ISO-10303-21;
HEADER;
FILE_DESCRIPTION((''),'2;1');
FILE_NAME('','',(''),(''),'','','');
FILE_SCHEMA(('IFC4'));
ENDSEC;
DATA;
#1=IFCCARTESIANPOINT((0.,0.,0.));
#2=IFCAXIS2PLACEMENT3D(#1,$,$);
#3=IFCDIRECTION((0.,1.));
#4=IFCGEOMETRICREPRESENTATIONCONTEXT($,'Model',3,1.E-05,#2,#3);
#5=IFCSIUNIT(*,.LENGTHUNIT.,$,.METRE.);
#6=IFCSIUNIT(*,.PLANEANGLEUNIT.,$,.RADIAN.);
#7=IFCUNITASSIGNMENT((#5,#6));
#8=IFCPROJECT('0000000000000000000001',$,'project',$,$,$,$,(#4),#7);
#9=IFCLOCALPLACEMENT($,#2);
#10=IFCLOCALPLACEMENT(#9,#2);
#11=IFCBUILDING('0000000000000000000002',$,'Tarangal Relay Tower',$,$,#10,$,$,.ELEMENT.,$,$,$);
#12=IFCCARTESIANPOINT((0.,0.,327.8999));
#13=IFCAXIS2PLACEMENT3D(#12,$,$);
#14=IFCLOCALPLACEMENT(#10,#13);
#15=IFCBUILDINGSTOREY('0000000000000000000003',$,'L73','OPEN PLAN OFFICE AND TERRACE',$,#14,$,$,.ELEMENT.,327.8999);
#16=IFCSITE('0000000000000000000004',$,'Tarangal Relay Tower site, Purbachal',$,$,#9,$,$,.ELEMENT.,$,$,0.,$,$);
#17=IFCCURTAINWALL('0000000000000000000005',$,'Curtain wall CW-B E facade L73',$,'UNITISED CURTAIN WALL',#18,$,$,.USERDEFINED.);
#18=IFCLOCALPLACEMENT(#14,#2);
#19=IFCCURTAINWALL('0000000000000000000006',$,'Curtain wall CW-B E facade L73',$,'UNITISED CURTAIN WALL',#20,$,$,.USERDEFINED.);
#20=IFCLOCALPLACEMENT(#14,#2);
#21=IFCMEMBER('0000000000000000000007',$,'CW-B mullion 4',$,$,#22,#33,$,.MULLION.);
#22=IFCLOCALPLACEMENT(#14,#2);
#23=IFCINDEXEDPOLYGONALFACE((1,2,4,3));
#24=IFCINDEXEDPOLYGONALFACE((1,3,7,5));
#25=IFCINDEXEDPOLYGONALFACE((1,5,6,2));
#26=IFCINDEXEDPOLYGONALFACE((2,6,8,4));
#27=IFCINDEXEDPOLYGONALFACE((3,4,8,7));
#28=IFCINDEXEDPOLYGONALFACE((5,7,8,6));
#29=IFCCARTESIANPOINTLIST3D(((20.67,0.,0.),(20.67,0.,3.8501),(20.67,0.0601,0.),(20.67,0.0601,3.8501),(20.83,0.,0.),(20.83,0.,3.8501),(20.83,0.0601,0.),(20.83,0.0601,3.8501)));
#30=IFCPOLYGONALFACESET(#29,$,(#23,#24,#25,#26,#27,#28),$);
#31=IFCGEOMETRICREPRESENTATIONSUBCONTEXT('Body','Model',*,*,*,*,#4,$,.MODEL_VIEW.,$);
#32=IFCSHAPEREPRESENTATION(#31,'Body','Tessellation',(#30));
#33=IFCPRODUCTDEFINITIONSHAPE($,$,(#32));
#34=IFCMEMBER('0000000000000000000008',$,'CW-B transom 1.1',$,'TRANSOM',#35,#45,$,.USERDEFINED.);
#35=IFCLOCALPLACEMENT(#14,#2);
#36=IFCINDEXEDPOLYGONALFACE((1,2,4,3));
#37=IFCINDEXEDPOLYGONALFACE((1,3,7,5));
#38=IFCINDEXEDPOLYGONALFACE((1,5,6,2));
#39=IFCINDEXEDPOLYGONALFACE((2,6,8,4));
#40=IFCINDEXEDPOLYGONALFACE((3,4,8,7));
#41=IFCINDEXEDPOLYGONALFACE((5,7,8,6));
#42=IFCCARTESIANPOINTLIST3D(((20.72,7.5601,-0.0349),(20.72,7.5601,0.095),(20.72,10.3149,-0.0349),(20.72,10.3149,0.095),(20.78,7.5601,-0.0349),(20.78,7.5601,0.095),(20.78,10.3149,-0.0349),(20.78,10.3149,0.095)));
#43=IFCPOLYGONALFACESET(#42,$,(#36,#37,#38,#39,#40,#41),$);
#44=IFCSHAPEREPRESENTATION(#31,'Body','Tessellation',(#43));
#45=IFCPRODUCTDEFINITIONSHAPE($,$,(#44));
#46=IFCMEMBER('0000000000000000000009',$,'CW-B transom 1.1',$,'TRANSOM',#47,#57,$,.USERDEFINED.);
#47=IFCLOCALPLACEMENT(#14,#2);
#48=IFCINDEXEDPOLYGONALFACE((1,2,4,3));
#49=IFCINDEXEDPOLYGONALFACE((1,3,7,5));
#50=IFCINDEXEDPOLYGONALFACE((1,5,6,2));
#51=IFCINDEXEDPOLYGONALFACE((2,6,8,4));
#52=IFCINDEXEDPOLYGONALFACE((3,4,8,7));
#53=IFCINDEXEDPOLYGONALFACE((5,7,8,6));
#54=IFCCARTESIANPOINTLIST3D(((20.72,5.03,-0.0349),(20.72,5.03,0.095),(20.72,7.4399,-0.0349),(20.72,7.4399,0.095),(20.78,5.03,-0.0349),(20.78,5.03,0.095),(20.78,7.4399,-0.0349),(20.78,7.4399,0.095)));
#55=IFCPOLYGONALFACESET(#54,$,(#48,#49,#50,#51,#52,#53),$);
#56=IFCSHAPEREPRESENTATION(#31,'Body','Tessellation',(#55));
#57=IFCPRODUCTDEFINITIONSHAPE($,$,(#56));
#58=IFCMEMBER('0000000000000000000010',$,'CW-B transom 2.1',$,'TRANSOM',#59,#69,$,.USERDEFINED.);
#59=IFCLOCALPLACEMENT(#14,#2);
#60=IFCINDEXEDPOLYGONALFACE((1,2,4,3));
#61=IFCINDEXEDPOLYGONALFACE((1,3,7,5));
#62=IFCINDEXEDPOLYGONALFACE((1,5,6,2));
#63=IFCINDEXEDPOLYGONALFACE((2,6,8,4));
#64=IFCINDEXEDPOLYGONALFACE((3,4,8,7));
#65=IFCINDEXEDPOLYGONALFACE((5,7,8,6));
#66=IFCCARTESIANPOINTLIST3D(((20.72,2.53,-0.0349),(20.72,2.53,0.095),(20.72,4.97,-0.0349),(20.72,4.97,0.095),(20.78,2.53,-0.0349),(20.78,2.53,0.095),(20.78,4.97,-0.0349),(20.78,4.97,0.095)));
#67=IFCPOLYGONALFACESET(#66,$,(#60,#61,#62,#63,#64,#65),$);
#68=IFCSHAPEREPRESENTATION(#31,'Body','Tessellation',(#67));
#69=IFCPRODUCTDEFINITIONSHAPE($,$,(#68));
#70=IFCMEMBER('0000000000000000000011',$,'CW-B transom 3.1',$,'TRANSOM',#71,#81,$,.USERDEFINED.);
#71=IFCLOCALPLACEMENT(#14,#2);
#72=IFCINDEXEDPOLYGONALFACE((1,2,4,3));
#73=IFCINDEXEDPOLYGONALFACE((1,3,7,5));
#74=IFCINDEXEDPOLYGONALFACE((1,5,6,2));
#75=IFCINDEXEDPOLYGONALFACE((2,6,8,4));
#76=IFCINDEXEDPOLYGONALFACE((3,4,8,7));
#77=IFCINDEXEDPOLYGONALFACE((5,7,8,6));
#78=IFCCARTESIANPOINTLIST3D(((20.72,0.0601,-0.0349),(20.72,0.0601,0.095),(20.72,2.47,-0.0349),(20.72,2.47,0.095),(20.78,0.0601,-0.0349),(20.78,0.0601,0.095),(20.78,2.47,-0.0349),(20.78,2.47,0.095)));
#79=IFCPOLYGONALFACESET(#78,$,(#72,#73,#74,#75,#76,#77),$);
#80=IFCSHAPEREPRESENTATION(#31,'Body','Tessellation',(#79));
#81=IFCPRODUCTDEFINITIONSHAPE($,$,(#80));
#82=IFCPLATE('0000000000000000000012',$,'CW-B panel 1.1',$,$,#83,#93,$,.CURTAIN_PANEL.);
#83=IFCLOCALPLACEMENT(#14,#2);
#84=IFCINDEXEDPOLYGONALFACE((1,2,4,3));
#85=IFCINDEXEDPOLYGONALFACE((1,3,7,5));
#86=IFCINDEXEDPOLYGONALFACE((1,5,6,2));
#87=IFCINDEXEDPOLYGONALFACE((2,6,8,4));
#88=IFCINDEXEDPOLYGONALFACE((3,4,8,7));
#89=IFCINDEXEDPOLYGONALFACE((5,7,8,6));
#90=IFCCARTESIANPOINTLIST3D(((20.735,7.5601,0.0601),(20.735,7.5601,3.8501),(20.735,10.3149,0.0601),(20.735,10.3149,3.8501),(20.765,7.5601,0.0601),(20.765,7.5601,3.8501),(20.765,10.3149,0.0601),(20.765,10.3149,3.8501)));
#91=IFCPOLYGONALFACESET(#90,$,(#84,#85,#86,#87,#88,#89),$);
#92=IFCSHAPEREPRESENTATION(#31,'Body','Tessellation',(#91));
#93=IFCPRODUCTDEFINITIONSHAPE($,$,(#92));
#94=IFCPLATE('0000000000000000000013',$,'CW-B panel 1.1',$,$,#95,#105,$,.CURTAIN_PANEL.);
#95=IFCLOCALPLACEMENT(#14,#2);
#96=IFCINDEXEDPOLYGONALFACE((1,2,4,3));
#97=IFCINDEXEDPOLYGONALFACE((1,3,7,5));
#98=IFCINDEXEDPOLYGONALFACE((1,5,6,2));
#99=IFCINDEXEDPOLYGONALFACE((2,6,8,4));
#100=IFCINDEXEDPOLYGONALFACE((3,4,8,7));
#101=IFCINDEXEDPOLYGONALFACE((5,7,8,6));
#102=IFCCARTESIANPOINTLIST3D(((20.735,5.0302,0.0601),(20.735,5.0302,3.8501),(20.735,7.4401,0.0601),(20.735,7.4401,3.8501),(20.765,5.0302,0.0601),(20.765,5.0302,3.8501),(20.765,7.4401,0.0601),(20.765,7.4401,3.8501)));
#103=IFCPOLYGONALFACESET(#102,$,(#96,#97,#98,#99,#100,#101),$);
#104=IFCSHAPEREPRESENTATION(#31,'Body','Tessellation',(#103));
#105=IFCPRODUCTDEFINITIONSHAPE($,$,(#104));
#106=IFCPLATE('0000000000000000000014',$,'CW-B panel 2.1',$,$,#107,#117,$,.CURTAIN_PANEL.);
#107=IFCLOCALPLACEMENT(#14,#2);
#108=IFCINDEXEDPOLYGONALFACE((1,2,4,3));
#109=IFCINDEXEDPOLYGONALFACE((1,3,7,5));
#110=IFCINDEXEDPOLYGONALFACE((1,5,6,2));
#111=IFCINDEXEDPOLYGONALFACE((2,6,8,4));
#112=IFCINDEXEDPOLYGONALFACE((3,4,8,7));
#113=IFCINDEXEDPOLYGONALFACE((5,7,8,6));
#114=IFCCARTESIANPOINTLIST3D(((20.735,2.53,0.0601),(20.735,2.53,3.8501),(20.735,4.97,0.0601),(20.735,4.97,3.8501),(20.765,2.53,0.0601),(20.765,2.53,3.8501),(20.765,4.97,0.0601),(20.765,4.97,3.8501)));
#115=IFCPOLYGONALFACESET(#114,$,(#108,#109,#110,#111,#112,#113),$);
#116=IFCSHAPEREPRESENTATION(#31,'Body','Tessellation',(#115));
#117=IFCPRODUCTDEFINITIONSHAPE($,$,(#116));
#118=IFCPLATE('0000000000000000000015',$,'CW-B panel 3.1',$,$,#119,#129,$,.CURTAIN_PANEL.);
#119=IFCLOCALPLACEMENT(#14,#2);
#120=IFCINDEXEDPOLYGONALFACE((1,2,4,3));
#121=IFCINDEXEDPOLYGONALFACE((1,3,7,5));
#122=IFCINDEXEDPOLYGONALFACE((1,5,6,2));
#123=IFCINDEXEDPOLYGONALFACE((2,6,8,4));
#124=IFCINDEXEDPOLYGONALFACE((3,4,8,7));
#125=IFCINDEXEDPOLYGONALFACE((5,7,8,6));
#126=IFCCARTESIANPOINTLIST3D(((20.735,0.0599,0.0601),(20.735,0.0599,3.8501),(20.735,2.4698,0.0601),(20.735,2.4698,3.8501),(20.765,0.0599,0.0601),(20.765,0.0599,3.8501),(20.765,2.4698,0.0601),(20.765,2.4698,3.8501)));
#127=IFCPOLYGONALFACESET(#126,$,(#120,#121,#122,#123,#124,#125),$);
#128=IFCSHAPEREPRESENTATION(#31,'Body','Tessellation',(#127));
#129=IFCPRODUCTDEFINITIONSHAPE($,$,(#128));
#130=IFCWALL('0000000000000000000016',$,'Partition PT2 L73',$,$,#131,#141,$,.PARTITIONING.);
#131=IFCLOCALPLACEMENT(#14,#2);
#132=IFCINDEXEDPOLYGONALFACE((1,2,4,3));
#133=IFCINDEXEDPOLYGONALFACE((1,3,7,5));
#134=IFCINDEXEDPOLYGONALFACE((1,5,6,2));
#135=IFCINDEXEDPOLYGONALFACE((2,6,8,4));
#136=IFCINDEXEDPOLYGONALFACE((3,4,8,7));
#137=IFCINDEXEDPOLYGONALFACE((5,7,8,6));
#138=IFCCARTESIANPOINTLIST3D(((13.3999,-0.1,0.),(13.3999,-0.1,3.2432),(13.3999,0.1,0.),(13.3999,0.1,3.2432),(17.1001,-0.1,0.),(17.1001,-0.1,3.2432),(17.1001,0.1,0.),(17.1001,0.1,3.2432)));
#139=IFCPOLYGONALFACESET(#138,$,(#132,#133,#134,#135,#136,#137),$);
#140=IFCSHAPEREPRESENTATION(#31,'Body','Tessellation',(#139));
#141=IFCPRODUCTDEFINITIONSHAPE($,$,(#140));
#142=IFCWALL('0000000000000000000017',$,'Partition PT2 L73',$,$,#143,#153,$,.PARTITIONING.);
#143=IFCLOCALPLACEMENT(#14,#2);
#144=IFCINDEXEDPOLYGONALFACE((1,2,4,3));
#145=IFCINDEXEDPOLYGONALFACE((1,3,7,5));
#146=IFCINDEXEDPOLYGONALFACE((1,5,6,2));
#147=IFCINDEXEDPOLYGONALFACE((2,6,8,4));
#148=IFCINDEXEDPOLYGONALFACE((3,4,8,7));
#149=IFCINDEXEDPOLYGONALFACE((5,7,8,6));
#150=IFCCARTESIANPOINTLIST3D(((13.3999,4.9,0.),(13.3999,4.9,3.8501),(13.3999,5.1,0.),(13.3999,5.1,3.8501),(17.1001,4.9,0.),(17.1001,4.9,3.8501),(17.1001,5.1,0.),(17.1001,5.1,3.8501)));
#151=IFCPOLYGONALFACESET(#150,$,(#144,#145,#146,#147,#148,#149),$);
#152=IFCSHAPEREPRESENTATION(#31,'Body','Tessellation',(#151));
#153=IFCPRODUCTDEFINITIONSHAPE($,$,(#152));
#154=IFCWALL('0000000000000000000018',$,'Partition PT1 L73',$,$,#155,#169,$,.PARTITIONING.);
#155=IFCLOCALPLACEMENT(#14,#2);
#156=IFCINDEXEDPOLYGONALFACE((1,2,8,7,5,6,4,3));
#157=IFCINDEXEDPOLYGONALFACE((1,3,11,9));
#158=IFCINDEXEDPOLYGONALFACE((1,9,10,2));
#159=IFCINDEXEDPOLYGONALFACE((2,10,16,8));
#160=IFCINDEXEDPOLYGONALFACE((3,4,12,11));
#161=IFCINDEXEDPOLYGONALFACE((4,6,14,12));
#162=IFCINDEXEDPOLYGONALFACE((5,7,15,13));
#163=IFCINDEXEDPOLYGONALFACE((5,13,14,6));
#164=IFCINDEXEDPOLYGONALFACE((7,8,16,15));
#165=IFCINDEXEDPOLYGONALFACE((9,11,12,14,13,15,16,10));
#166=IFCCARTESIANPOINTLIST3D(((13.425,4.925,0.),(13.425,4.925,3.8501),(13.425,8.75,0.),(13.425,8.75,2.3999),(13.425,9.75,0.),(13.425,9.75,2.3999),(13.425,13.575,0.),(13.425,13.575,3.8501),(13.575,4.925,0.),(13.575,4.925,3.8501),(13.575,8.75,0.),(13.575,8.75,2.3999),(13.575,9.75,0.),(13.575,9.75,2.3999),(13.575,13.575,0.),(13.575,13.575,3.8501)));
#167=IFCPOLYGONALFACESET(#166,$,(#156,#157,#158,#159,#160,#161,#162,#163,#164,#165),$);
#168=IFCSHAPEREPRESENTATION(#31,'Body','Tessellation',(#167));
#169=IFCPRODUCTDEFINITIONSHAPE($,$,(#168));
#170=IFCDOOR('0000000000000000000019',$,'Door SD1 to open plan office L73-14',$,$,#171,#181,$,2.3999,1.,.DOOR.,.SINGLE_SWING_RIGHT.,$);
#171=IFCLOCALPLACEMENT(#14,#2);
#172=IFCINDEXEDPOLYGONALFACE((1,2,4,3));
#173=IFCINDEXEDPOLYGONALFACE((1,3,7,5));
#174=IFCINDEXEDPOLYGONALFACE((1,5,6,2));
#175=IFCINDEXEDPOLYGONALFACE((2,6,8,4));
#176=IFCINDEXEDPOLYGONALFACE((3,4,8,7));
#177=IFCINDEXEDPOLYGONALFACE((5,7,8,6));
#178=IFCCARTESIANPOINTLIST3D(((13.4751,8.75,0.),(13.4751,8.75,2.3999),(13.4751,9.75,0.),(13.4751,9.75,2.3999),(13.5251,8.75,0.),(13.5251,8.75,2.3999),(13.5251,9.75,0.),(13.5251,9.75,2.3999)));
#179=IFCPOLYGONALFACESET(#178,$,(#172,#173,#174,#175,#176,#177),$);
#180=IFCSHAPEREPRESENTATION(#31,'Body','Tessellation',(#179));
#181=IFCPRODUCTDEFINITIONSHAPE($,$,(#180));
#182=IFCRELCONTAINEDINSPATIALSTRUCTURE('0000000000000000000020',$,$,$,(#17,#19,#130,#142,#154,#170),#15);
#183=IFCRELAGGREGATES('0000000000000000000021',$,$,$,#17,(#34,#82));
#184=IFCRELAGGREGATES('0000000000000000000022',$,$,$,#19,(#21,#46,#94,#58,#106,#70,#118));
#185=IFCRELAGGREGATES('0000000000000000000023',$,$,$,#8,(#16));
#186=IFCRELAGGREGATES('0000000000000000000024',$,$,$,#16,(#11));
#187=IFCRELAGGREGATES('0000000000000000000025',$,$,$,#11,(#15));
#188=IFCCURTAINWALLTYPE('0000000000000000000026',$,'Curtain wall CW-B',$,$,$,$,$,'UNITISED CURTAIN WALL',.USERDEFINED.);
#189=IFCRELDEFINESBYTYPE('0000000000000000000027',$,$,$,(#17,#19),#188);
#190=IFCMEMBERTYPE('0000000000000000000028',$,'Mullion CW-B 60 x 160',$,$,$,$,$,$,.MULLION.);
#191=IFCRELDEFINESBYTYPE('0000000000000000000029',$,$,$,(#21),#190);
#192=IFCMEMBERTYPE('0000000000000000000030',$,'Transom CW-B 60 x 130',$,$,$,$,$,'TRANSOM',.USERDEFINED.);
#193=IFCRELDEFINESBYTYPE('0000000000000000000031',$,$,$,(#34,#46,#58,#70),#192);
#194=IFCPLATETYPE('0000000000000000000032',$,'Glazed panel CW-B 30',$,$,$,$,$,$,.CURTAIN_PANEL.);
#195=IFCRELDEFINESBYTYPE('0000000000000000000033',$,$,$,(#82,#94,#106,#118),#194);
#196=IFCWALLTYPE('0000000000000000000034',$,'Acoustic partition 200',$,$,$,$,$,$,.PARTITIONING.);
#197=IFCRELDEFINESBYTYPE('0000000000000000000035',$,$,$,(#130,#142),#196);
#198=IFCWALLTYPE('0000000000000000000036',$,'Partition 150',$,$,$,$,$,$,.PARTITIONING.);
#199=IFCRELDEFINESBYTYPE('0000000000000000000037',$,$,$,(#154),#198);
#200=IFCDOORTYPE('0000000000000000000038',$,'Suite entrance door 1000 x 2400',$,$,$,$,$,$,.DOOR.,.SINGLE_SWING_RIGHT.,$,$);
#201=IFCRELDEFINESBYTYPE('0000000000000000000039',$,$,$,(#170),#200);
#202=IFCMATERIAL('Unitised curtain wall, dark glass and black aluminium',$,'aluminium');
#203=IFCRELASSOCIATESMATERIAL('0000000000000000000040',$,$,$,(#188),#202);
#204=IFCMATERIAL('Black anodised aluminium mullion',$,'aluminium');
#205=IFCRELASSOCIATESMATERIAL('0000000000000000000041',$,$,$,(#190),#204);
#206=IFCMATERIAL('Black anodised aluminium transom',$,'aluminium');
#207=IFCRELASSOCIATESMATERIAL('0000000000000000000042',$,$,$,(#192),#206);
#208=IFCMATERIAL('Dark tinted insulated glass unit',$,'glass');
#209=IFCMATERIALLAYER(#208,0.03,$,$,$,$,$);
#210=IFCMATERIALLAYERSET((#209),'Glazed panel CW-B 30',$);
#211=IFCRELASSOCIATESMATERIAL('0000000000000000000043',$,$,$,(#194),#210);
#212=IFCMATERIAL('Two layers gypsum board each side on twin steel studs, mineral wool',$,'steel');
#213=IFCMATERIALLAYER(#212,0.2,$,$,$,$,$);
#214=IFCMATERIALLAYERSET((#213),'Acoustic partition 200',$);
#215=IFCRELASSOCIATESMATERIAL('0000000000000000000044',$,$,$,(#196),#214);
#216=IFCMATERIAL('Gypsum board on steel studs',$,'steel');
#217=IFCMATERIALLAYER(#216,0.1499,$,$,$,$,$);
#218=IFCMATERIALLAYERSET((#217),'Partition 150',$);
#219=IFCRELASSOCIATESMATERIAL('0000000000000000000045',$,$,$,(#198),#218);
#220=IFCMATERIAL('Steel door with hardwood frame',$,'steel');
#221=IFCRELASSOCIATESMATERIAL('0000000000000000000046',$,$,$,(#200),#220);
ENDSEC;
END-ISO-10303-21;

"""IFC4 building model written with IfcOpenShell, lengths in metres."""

from ifc_helpers import new_model, si_unit, direction, frame, frame_2d, origin, origin_2d, place, context, subcontext, project, spatial, rectangle, extrude, material, layer, layer_set, material_profile, profile_set, type_object, element, fill, aggregate, save


model = new_model("IFC4")

# Units and contexts
model_context = context("Model", 3, precision=1e-05, world=origin(), true_north=direction((0.0, 1.0)))
body_context = subcontext(model_context, "Body", "Model", "MODEL_VIEW")
ifc_project = project(units=[si_unit("LENGTHUNIT", "METRE"), si_unit("PLANEANGLEUNIT", "RADIAN")], contexts=[model_context])

# Site, building, storey
site_placement = place(None, origin())
site = spatial("IfcSite", under=ifc_project, at=site_placement, Name="Tarangal Relay Tower site, Purbachal", CompositionType="ELEMENT", RefElevation=0.0)
building_placement = place(site_placement, origin())
building = spatial("IfcBuilding", under=site, at=building_placement, Name="Tarangal Relay Tower", CompositionType="ELEMENT")
storey_placement = place(building_placement, frame((0.0, 0.0, 327.8999)))
storey = spatial("IfcBuildingStorey", under=building, at=storey_placement, Name="L73", Description="OPEN PLAN OFFICE AND TERRACE", CompositionType="ELEMENT", Elevation=327.8999)

# Curtain wall
ifc_material_1 = material(Name="Unitised curtain wall, dark glass and black aluminium", Category="aluminium")
curtain_wall_type = type_object("IfcCurtainWallType", Name="Curtain wall CW-B", ElementType="UNITISED CURTAIN WALL", PredefinedType="USERDEFINED", material=ifc_material_1)
curtain_wall_1_placement = place(storey_placement, origin())
curtain_wall_1 = element("IfcCurtainWall", 1, at=curtain_wall_1_placement, inside=storey, type_object=curtain_wall_type, Name="Curtain wall CW-B E facade L73", ObjectType="UNITISED CURTAIN WALL", PredefinedType="USERDEFINED")
ifc_material_2 = material(Name="Black anodised aluminium mullion", Category="aluminium")
ifc_material_profile_1 = material_profile(ifc_material_2, rectangle(XDim=0.1599, YDim=0.0601, at=origin_2d()), Name="CW-BM 60X160")
ifc_profile_set_1 = profile_set([ifc_material_profile_1], Name="Black anodised aluminium mullion")
member_type_1 = type_object("IfcMemberType", Name="Mullion CW-B 60 x 160", PredefinedType="MULLION", material=ifc_profile_set_1)

# Curtain wall, member
curtain_wall_2_placement = place(storey_placement, origin())
curtain_wall_2 = element("IfcCurtainWall", 2, at=curtain_wall_2_placement, inside=storey, type_object=curtain_wall_type, Name="Curtain wall CW-B E facade L73", ObjectType="UNITISED CURTAIN WALL", PredefinedType="USERDEFINED")
member_1_placement = place(storey_placement, frame((20.75, 0.03, 0.0), z_axis=(0.0, 0.0, 1.0), x_axis=(1.0, 0.0, 0.0)))
member_1 = element("IfcMember", 3, at=member_1_placement, type_object=member_type_1, Name="CW-B mullion 4", PredefinedType="MULLION", context=body_context, shape_type="SweptSolid", body=[
    extrude(rectangle(XDim=0.1599, YDim=0.0601, at=origin_2d()), origin(), (0.0, 0.0, 1.0), 3.8501),
])

# Members
ifc_material_3 = material(Name="Black anodised aluminium transom", Category="aluminium")
ifc_material_profile_2 = material_profile(ifc_material_3, rectangle(XDim=0.0601, YDim=0.1299, at=origin_2d()), Name="CW-BT 60X130")
ifc_profile_set_2 = profile_set([ifc_material_profile_2], Name="Black anodised aluminium transom")
member_type_2 = type_object("IfcMemberType", Name="Transom CW-B 60 x 130", ElementType="TRANSOM", PredefinedType="USERDEFINED", material=ifc_profile_set_2)
member_2_placement = place(storey_placement, frame((20.75, 10.3149, 0.03), z_axis=(0.0, -1.0, 0.0), x_axis=(1.0, 0.0, 0.0)))
member_2 = element("IfcMember", 4, at=member_2_placement, type_object=member_type_2, Name="CW-B transom 1.1", ObjectType="TRANSOM", PredefinedType="USERDEFINED", context=body_context, shape_type="SweptSolid", body=[
    extrude(rectangle(XDim=0.0601, YDim=0.1299, at=origin_2d()), origin(), (0.0, 0.0, 1.0), 2.7549),
])
member_3_placement = place(storey_placement, frame((20.75, 7.4399, 0.03), z_axis=(0.0, -1.0, 0.0), x_axis=(1.0, 0.0, 0.0)))
member_3 = element("IfcMember", 5, at=member_3_placement, type_object=member_type_2, Name="CW-B transom 1.1", ObjectType="TRANSOM", PredefinedType="USERDEFINED", context=body_context, shape_type="SweptSolid", body=[
    extrude(rectangle(XDim=0.0601, YDim=0.1299, at=origin_2d()), origin(), (0.0, 0.0, 1.0), 2.4099),
])
member_4_placement = place(storey_placement, frame((20.75, 4.97, 0.03), z_axis=(0.0, -1.0, 0.0), x_axis=(1.0, 0.0, 0.0)))
member_4 = element("IfcMember", 6, at=member_4_placement, type_object=member_type_2, Name="CW-B transom 2.1", ObjectType="TRANSOM", PredefinedType="USERDEFINED", context=body_context, shape_type="SweptSolid", body=[
    extrude(rectangle(XDim=0.0601, YDim=0.1299, at=origin_2d()), origin(), (0.0, 0.0, 1.0), 2.4399),
])
member_5_placement = place(storey_placement, frame((20.75, 2.47, 0.03), z_axis=(0.0, -1.0, 0.0), x_axis=(1.0, 0.0, 0.0)))
member_5 = element("IfcMember", 7, at=member_5_placement, type_object=member_type_2, Name="CW-B transom 3.1", ObjectType="TRANSOM", PredefinedType="USERDEFINED", context=body_context, shape_type="SweptSolid", body=[
    extrude(rectangle(XDim=0.0601, YDim=0.1299, at=origin_2d()), origin(), (0.0, 0.0, 1.0), 2.4099),
])

# Plates
ifc_material_4 = material(Name="Dark tinted insulated glass unit", Category="glass")
ifc_layer_1 = layer(ifc_material_4, 0.03)
ifc_layer_set_1 = layer_set([ifc_layer_1], Name="Glazed panel CW-B 30")
plate_type = type_object("IfcPlateType", Name="Glazed panel CW-B 30", PredefinedType="CURTAIN_PANEL", material=ifc_layer_set_1)
plate_1_placement = place(storey_placement, frame((20.75, 8.9375, 0.0601), z_axis=(0.0, 0.0, 1.0), x_axis=(0.0, -1.0, 0.0)))
plate_1 = element("IfcPlate", 8, at=plate_1_placement, type_object=plate_type, Name="CW-B panel 1.1", PredefinedType="CURTAIN_PANEL", context=body_context, shape_type="SweptSolid", body=[
    extrude(rectangle(XDim=2.7549, YDim=0.03, at=origin_2d()), origin(), (0.0, 0.0, 1.0), 3.79),
])
aggregate(curtain_wall_1, [member_2, plate_1])
plate_2_placement = place(storey_placement, frame((20.75, 6.2351, 0.0601), z_axis=(0.0, 0.0, 1.0), x_axis=(0.0, -1.0, 0.0)))
plate_2 = element("IfcPlate", 9, at=plate_2_placement, type_object=plate_type, Name="CW-B panel 1.1", PredefinedType="CURTAIN_PANEL", context=body_context, shape_type="SweptSolid", body=[
    extrude(rectangle(XDim=2.4099, YDim=0.03, at=origin_2d()), origin(), (0.0, 0.0, 1.0), 3.79),
])
plate_3_placement = place(storey_placement, frame((20.75, 3.75, 0.0601), z_axis=(0.0, 0.0, 1.0), x_axis=(0.0, -1.0, 0.0)))
plate_3 = element("IfcPlate", 10, at=plate_3_placement, type_object=plate_type, Name="CW-B panel 2.1", PredefinedType="CURTAIN_PANEL", context=body_context, shape_type="SweptSolid", body=[
    extrude(rectangle(XDim=2.4399, YDim=0.03, at=origin_2d()), origin(), (0.0, 0.0, 1.0), 3.79),
])
plate_4_placement = place(storey_placement, frame((20.75, 1.2649, 0.0601), z_axis=(0.0, 0.0, 1.0), x_axis=(0.0, -1.0, 0.0)))
plate_4 = element("IfcPlate", 11, at=plate_4_placement, type_object=plate_type, Name="CW-B panel 3.1", PredefinedType="CURTAIN_PANEL", context=body_context, shape_type="SweptSolid", body=[
    extrude(rectangle(XDim=2.4099, YDim=0.03, at=origin_2d()), origin(), (0.0, 0.0, 1.0), 3.79),
])
aggregate(curtain_wall_2, [member_1, member_3, plate_2, member_4, plate_3, member_5, plate_4])

# Walls
ifc_material_5 = material(Name="Two layers gypsum board each side on twin steel studs, mineral wool", Category="steel")
ifc_layer_2 = layer(ifc_material_5, 0.2)
ifc_layer_set_2 = layer_set([ifc_layer_2], Name="Acoustic partition 200")
wall_type_1 = type_object("IfcWallType", Name="Acoustic partition 200", PredefinedType="PARTITIONING", material=ifc_layer_set_2)
wall_1_placement = place(storey_placement, frame((13.3999, 0.0, 0.0), z_axis=(0.0, 0.0, 1.0), x_axis=(1.0, 0.0, 0.0)))
element("IfcWall", 12, at=wall_1_placement, inside=storey, type_object=wall_type_1, Name="Partition PT2 L73", PredefinedType="PARTITIONING", context=body_context, shape_type="SweptSolid", body=[
    extrude(rectangle(XDim=3.7002, YDim=0.2, at=frame_2d((1.8501, 0.0))), origin(), (0.0, 0.0, 1.0), 3.2432),
])
wall_2_placement = place(storey_placement, frame((13.3999, 5.0, 0.0), z_axis=(0.0, 0.0, 1.0), x_axis=(1.0, 0.0, 0.0)))
element("IfcWall", 13, at=wall_2_placement, inside=storey, type_object=wall_type_1, Name="Partition PT2 L73", PredefinedType="PARTITIONING", context=body_context, shape_type="SweptSolid", body=[
    extrude(rectangle(XDim=3.7002, YDim=0.2, at=frame_2d((1.8501, 0.0))), origin(), (0.0, 0.0, 1.0), 3.8501),
])

# Wall, opening, door
ifc_material_6 = material(Name="Gypsum board on steel studs", Category="steel")
ifc_layer_3 = layer(ifc_material_6, 0.1499)
ifc_layer_set_3 = layer_set([ifc_layer_3], Name="Partition 150")
wall_type_2 = type_object("IfcWallType", Name="Partition 150", PredefinedType="PARTITIONING", material=ifc_layer_set_3)
wall_3_placement = place(storey_placement, frame((13.5, 4.925, 0.0), z_axis=(0.0, 0.0, 1.0), x_axis=(0.0, 1.0, 0.0)))
wall_3 = element("IfcWall", 14, at=wall_3_placement, inside=storey, type_object=wall_type_2, Name="Partition PT1 L73", PredefinedType="PARTITIONING", context=body_context, shape_type="SweptSolid", body=[
    extrude(rectangle(XDim=8.6499, YDim=0.1499, at=frame_2d((4.325, 0.0))), origin(), (0.0, 0.0, 1.0), 3.8501),
])
opening_placement = place(wall_3_placement, frame((3.825, 0.0, 0.0)))
opening = element("IfcOpeningElement", 15, at=opening_placement, cuts=wall_3, PredefinedType="OPENING", context=body_context, shape_type="SweptSolid", body=[
    extrude(rectangle(XDim=1.0, YDim=2.3999, at=frame_2d((0.5, 1.2))), frame((0.0, 0.085, 0.0), z_axis=(0.0, -1.0, 0.0), x_axis=(1.0, 0.0, 0.0)), (0.0, 0.0, 1.0), 0.1699),
])
ifc_material_7 = material(Name="Steel door with hardwood frame", Category="steel")
door_type = type_object("IfcDoorType", Name="Suite entrance door 1000 x 2400", OperationType="SINGLE_SWING_RIGHT", PredefinedType="DOOR", material=ifc_material_7)
door_placement = place(opening_placement, origin())
door = element("IfcDoor", 16, at=door_placement, inside=storey, type_object=door_type, Name="Door SD1 to open plan office L73-14", OperationType="SINGLE_SWING_RIGHT", OverallHeight=2.3999, OverallWidth=1.0, PredefinedType="DOOR", context=body_context, shape_type="SweptSolid", body=[
    extrude(rectangle(XDim=1.0, YDim=2.3999, at=frame_2d((0.5, 1.2))), frame((0.0, 0.0249, 0.0), z_axis=(0.0, -1.0, 0.0), x_axis=(1.0, 0.0, 0.0)), (0.0, 0.0, 1.0), 0.05),
])
fill(opening, door)

save(model, "model.ifc")
